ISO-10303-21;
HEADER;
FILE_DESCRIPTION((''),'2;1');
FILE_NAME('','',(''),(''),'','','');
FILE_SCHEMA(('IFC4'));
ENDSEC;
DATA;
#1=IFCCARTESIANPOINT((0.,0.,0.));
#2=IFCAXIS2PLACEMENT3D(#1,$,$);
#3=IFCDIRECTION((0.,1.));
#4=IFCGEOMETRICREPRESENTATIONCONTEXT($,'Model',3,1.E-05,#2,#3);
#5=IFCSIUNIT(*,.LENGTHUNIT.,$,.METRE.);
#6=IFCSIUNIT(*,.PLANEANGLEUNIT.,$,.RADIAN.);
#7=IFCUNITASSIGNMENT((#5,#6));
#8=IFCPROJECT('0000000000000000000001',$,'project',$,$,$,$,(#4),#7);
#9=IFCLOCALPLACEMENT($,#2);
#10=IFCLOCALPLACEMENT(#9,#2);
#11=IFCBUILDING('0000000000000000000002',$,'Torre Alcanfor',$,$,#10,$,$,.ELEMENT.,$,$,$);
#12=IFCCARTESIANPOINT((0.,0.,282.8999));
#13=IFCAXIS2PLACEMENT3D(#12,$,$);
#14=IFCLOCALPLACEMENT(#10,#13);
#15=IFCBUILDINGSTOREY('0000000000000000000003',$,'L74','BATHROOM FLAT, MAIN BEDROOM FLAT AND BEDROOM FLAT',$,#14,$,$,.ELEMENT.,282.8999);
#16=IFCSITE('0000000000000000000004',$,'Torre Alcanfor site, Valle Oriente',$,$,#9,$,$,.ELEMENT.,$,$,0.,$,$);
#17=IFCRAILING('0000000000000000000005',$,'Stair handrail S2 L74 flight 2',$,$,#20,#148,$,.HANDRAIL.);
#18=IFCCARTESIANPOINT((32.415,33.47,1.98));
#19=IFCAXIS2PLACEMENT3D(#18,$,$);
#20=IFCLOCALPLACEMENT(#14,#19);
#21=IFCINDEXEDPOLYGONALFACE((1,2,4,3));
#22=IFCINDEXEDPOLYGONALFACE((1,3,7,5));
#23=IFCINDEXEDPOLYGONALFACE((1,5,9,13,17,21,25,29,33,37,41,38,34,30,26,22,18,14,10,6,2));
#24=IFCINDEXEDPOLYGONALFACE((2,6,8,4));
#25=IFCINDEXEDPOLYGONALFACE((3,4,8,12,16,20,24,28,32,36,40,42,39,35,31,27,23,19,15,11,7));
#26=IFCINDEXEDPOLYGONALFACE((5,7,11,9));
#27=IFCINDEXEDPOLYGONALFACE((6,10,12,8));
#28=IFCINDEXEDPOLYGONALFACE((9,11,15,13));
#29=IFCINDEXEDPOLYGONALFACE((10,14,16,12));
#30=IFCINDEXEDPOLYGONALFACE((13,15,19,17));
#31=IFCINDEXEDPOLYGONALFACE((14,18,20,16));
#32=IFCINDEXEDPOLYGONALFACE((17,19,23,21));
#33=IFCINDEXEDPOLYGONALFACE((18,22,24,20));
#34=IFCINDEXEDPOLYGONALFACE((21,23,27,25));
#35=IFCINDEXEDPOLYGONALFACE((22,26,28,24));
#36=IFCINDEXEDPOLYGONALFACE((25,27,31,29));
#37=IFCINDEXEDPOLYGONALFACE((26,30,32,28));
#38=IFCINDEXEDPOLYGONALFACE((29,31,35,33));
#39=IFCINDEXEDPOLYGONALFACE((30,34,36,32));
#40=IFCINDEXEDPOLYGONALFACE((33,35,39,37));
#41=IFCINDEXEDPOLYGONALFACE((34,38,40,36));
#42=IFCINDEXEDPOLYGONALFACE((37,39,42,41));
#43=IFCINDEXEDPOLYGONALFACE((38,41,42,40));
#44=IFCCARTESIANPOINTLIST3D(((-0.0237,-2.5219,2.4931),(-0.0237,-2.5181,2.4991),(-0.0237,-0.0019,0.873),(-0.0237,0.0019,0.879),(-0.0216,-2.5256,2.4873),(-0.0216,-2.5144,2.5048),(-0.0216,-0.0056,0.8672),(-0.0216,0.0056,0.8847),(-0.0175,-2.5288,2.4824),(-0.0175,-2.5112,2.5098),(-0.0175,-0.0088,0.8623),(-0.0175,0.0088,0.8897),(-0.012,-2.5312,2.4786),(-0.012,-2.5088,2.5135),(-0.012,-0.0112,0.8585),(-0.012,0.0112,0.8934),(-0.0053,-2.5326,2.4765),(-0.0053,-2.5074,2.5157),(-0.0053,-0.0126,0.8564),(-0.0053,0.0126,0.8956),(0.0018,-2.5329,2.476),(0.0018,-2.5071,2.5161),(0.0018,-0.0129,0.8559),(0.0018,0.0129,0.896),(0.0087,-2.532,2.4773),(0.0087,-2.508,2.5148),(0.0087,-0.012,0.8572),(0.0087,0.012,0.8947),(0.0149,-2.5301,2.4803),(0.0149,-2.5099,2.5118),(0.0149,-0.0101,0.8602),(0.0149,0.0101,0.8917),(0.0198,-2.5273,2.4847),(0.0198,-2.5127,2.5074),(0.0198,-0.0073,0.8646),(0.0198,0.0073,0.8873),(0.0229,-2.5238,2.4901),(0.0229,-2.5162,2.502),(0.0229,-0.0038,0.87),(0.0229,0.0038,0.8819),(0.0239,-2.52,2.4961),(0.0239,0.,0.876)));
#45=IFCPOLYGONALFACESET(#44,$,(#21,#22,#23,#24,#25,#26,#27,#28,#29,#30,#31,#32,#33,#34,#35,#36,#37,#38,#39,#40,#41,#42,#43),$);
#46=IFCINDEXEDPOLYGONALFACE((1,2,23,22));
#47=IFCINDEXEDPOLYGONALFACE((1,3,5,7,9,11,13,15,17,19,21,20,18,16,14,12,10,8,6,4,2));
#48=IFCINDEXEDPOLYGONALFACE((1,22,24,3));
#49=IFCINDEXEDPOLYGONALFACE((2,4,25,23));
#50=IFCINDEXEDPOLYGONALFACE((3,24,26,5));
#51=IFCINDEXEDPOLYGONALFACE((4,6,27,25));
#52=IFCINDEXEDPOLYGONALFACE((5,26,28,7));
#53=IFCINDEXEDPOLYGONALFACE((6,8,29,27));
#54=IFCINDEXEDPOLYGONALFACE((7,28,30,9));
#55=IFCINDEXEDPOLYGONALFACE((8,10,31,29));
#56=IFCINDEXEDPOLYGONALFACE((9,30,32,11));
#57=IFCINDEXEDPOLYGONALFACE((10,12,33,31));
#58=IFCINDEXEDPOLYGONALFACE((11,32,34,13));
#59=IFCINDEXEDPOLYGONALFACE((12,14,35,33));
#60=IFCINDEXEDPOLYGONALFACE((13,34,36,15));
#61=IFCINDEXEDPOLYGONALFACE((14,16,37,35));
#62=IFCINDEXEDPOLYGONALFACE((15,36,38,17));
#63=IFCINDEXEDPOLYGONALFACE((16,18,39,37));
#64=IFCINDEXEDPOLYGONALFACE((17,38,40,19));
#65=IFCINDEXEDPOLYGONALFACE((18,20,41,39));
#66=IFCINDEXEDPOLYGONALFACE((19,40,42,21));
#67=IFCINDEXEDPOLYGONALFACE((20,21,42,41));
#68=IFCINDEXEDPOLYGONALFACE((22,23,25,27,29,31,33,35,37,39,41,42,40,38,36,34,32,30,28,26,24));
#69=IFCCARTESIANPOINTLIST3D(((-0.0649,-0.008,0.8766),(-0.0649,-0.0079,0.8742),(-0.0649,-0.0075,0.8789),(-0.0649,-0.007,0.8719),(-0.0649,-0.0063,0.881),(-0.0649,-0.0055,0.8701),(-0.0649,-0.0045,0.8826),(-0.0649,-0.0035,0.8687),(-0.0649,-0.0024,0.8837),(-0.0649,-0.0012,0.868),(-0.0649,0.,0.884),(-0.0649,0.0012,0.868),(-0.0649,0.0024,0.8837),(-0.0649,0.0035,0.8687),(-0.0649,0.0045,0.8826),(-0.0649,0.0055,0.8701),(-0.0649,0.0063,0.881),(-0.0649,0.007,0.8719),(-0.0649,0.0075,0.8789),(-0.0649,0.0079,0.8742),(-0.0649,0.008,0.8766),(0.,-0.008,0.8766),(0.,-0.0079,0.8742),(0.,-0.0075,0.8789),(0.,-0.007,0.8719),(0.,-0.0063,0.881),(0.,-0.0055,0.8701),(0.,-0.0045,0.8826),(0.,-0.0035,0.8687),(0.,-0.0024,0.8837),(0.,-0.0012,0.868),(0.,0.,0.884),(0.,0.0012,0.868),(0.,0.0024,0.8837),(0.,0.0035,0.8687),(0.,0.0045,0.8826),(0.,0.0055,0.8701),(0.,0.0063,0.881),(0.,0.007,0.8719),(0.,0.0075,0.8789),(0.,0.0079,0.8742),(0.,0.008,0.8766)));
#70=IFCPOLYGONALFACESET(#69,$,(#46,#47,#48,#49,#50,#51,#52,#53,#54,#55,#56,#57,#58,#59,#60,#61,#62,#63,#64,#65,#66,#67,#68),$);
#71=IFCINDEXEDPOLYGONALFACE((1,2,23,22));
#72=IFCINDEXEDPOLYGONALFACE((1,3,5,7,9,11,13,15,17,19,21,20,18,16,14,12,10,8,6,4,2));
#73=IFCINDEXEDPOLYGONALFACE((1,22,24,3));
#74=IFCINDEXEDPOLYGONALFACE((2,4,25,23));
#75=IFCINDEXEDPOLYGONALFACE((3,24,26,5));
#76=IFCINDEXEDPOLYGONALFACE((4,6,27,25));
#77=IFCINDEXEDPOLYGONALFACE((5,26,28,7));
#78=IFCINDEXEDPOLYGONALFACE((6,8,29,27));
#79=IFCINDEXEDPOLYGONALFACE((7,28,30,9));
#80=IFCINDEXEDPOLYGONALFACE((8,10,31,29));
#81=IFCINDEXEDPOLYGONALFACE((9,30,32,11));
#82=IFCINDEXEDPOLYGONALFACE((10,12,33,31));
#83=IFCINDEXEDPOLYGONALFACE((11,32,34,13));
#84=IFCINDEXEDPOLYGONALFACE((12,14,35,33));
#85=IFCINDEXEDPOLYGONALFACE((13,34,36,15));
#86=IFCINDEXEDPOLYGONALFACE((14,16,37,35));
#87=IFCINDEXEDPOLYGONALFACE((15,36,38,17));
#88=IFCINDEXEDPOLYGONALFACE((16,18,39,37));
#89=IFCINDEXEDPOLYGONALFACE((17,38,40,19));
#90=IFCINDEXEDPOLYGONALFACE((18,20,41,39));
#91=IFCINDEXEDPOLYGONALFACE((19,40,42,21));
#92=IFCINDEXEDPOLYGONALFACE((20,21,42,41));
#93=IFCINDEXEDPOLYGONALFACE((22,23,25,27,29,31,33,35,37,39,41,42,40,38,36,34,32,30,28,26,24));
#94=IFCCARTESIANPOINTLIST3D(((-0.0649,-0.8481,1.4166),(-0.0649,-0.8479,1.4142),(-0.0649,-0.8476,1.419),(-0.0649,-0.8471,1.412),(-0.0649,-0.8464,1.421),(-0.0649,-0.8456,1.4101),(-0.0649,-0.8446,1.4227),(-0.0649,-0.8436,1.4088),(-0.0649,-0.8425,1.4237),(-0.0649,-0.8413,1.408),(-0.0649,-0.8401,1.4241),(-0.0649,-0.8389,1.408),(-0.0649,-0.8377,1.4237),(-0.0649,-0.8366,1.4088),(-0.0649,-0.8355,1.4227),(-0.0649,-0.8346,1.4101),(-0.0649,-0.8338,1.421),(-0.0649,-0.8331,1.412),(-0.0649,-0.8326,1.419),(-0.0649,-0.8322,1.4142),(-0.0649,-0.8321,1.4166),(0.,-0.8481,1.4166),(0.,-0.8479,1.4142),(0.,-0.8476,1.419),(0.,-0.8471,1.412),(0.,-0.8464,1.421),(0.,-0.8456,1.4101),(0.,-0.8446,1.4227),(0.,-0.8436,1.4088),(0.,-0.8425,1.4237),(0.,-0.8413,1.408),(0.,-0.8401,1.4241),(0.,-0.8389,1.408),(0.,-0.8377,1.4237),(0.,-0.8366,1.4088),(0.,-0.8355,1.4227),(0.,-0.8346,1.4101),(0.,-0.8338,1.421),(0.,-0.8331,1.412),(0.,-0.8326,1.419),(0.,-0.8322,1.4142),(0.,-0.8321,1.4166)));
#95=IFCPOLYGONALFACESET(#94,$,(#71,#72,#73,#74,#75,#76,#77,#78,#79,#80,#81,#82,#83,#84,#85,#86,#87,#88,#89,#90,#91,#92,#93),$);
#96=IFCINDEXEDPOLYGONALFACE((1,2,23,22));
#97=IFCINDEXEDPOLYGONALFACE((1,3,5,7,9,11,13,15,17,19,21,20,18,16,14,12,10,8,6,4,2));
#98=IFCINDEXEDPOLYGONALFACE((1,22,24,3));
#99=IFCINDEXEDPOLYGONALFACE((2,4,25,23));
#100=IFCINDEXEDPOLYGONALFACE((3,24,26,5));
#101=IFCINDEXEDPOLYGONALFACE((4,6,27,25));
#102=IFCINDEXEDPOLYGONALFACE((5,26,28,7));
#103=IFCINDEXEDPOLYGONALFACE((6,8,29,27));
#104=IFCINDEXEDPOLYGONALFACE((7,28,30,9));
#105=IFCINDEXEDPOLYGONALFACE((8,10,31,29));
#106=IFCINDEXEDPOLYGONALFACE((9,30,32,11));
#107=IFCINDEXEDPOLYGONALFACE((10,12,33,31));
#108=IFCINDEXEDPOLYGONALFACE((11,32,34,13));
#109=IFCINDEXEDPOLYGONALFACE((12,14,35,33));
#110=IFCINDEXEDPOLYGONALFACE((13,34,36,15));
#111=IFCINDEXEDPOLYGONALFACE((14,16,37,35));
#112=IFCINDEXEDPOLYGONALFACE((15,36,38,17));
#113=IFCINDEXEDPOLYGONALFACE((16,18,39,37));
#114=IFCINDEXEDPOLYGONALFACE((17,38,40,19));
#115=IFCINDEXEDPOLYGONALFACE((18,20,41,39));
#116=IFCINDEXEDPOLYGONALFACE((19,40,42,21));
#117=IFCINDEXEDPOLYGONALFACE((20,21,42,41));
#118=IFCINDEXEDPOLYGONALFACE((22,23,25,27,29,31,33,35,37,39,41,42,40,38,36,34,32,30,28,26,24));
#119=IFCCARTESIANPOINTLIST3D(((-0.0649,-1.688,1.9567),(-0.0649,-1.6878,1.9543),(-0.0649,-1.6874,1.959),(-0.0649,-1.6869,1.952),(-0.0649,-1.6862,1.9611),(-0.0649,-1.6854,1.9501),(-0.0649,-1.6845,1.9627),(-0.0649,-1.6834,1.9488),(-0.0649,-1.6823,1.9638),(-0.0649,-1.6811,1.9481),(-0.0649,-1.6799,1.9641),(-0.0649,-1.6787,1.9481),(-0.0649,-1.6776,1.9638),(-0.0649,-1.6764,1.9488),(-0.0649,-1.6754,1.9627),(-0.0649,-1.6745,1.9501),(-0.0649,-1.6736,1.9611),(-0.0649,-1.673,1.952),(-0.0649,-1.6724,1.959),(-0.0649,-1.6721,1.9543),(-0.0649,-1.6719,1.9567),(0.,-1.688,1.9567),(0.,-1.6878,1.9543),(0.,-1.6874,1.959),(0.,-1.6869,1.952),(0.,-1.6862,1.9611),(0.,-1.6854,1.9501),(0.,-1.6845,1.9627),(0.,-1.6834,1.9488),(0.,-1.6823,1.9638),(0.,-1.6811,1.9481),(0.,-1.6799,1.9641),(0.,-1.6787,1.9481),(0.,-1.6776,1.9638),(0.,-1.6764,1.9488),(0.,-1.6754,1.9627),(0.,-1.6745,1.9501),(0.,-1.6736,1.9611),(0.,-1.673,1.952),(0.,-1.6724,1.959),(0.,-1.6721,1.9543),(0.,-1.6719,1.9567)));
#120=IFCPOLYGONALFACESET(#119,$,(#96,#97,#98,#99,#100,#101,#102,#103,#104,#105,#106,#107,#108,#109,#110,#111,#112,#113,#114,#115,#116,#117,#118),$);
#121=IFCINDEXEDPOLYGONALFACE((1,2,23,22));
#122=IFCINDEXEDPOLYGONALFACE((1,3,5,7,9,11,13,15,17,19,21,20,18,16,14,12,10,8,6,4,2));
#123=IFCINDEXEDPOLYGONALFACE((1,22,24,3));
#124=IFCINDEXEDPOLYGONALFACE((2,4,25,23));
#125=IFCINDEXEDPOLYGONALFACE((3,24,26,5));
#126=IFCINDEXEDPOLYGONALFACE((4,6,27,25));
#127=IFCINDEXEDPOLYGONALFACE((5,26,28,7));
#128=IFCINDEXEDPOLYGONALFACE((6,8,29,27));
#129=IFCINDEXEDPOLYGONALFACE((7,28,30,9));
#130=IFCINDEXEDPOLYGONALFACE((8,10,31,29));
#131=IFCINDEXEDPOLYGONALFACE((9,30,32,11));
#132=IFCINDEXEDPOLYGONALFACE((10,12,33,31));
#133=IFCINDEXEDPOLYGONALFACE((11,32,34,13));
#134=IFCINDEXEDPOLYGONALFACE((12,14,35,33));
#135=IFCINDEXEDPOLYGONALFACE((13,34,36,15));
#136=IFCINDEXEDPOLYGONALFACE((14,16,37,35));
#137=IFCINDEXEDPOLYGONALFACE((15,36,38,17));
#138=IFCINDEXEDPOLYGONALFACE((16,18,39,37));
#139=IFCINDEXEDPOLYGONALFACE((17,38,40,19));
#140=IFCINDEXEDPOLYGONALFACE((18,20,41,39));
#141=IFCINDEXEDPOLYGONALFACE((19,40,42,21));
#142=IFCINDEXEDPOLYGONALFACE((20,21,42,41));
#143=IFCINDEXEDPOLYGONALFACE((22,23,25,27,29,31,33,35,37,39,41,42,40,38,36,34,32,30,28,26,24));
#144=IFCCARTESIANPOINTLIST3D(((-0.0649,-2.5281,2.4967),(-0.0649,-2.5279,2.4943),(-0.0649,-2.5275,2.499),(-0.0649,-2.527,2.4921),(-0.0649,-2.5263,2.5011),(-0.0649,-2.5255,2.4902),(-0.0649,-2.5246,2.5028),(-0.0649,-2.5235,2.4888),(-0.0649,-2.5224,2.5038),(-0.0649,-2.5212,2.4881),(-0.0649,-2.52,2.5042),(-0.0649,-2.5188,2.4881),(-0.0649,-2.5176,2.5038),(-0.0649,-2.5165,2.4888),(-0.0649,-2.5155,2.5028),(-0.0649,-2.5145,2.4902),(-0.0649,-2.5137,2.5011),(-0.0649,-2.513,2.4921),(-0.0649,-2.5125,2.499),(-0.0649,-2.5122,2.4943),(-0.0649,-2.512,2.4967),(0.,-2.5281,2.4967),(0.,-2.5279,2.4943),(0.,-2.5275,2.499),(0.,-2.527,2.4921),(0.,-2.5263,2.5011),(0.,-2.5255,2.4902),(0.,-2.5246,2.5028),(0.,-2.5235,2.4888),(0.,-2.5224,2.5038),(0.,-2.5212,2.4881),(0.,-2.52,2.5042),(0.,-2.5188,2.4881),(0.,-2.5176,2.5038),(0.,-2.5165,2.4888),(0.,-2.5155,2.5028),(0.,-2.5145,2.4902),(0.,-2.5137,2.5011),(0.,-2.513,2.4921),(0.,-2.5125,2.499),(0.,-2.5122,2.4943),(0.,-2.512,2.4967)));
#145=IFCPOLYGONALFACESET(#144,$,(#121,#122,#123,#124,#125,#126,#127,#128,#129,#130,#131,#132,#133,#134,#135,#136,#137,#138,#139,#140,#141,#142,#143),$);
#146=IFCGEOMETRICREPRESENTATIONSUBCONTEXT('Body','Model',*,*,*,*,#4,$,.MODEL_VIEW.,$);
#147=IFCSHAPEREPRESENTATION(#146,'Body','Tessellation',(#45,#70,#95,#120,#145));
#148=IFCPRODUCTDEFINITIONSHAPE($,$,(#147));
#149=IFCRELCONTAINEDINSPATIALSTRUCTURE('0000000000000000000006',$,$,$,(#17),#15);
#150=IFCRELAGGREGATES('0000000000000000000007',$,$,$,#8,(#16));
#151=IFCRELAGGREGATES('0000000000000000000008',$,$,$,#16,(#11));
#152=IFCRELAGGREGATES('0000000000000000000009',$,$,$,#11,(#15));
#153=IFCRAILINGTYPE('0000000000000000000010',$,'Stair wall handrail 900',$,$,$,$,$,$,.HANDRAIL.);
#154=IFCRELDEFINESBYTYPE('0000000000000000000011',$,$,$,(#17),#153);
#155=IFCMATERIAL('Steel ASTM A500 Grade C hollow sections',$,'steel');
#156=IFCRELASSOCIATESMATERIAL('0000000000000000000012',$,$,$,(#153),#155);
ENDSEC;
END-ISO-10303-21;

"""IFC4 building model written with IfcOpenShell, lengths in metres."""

from ifc_helpers import new_model, si_unit, direction, frame, origin, origin_2d, place, context, subcontext, project, spatial, circle, extrude, material, type_object, element, save


model = new_model("IFC4")

# Units and contexts
model_context = context("Model", 3, precision=1e-05, world=origin(), true_north=direction((0.0, 1.0)))
body_context = subcontext(model_context, "Body", "Model", "MODEL_VIEW")
ifc_project = project(units=[si_unit("LENGTHUNIT", "METRE"), si_unit("PLANEANGLEUNIT", "RADIAN")], contexts=[model_context])

# Site, building, storey
site_placement = place(None, origin())
site = spatial("IfcSite", under=ifc_project, at=site_placement, Name="Torre Alcanfor site, Valle Oriente", CompositionType="ELEMENT", RefElevation=0.0)
building_placement = place(site_placement, origin())
building = spatial("IfcBuilding", under=site, at=building_placement, Name="Torre Alcanfor", CompositionType="ELEMENT")
storey_placement = place(building_placement, frame((0.0, 0.0, 282.8999)))
storey = spatial("IfcBuildingStorey", under=building, at=storey_placement, Name="L74", Description="BATHROOM FLAT, MAIN BEDROOM FLAT AND BEDROOM FLAT", CompositionType="ELEMENT", Elevation=282.8999)

# Railing
ifc_material_1 = material(Name="Steel ASTM A500 Grade C hollow sections", Category="steel")
railing_type_1 = type_object("IfcRailingType", Name="Stair wall handrail 900", PredefinedType="HANDRAIL", material=ifc_material_1)
railing_1_placement = place(storey_placement, frame((32.415, 33.47, 1.98)))
element("IfcRailing", 1, at=railing_1_placement, inside=storey, type_object=railing_type_1, Name="Stair handrail S2 L74 flight 2", PredefinedType="HANDRAIL", context=body_context, shape_type="SweptSolid", body=[
    extrude(circle(Radius=0.0239, at=origin_2d()), frame((0.0, 0.0, 0.876), z_axis=(0.0, -0.841163, 0.540782), x_axis=(1.0, 0.0, 0.0)), (0.0, 0.0, 1.0), 2.9958),
    extrude(circle(Radius=0.0081, at=origin_2d()), frame((0.0, 0.0, 0.876), z_axis=(-1.0, 0.0, 0.0), x_axis=(0.0, 0.0, 1.0)), (0.0, 0.0, 1.0), 0.0649),
    extrude(circle(Radius=0.0081, at=origin_2d()), frame((0.0, -0.8401, 1.416), z_axis=(-1.0, 0.0, 0.0), x_axis=(0.0, 0.0, 1.0)), (0.0, 0.0, 1.0), 0.0649),
    extrude(circle(Radius=0.0081, at=origin_2d()), frame((0.0, -1.6799, 1.9561), z_axis=(-1.0, 0.0, 0.0), x_axis=(0.0, 0.0, 1.0)), (0.0, 0.0, 1.0), 0.0649),
    extrude(circle(Radius=0.0081, at=origin_2d()), frame((0.0, -2.52, 2.4961), z_axis=(-1.0, 0.0, 0.0), x_axis=(0.0, 0.0, 1.0)), (0.0, 0.0, 1.0), 0.0649),
])

save(model, "model.ifc")
